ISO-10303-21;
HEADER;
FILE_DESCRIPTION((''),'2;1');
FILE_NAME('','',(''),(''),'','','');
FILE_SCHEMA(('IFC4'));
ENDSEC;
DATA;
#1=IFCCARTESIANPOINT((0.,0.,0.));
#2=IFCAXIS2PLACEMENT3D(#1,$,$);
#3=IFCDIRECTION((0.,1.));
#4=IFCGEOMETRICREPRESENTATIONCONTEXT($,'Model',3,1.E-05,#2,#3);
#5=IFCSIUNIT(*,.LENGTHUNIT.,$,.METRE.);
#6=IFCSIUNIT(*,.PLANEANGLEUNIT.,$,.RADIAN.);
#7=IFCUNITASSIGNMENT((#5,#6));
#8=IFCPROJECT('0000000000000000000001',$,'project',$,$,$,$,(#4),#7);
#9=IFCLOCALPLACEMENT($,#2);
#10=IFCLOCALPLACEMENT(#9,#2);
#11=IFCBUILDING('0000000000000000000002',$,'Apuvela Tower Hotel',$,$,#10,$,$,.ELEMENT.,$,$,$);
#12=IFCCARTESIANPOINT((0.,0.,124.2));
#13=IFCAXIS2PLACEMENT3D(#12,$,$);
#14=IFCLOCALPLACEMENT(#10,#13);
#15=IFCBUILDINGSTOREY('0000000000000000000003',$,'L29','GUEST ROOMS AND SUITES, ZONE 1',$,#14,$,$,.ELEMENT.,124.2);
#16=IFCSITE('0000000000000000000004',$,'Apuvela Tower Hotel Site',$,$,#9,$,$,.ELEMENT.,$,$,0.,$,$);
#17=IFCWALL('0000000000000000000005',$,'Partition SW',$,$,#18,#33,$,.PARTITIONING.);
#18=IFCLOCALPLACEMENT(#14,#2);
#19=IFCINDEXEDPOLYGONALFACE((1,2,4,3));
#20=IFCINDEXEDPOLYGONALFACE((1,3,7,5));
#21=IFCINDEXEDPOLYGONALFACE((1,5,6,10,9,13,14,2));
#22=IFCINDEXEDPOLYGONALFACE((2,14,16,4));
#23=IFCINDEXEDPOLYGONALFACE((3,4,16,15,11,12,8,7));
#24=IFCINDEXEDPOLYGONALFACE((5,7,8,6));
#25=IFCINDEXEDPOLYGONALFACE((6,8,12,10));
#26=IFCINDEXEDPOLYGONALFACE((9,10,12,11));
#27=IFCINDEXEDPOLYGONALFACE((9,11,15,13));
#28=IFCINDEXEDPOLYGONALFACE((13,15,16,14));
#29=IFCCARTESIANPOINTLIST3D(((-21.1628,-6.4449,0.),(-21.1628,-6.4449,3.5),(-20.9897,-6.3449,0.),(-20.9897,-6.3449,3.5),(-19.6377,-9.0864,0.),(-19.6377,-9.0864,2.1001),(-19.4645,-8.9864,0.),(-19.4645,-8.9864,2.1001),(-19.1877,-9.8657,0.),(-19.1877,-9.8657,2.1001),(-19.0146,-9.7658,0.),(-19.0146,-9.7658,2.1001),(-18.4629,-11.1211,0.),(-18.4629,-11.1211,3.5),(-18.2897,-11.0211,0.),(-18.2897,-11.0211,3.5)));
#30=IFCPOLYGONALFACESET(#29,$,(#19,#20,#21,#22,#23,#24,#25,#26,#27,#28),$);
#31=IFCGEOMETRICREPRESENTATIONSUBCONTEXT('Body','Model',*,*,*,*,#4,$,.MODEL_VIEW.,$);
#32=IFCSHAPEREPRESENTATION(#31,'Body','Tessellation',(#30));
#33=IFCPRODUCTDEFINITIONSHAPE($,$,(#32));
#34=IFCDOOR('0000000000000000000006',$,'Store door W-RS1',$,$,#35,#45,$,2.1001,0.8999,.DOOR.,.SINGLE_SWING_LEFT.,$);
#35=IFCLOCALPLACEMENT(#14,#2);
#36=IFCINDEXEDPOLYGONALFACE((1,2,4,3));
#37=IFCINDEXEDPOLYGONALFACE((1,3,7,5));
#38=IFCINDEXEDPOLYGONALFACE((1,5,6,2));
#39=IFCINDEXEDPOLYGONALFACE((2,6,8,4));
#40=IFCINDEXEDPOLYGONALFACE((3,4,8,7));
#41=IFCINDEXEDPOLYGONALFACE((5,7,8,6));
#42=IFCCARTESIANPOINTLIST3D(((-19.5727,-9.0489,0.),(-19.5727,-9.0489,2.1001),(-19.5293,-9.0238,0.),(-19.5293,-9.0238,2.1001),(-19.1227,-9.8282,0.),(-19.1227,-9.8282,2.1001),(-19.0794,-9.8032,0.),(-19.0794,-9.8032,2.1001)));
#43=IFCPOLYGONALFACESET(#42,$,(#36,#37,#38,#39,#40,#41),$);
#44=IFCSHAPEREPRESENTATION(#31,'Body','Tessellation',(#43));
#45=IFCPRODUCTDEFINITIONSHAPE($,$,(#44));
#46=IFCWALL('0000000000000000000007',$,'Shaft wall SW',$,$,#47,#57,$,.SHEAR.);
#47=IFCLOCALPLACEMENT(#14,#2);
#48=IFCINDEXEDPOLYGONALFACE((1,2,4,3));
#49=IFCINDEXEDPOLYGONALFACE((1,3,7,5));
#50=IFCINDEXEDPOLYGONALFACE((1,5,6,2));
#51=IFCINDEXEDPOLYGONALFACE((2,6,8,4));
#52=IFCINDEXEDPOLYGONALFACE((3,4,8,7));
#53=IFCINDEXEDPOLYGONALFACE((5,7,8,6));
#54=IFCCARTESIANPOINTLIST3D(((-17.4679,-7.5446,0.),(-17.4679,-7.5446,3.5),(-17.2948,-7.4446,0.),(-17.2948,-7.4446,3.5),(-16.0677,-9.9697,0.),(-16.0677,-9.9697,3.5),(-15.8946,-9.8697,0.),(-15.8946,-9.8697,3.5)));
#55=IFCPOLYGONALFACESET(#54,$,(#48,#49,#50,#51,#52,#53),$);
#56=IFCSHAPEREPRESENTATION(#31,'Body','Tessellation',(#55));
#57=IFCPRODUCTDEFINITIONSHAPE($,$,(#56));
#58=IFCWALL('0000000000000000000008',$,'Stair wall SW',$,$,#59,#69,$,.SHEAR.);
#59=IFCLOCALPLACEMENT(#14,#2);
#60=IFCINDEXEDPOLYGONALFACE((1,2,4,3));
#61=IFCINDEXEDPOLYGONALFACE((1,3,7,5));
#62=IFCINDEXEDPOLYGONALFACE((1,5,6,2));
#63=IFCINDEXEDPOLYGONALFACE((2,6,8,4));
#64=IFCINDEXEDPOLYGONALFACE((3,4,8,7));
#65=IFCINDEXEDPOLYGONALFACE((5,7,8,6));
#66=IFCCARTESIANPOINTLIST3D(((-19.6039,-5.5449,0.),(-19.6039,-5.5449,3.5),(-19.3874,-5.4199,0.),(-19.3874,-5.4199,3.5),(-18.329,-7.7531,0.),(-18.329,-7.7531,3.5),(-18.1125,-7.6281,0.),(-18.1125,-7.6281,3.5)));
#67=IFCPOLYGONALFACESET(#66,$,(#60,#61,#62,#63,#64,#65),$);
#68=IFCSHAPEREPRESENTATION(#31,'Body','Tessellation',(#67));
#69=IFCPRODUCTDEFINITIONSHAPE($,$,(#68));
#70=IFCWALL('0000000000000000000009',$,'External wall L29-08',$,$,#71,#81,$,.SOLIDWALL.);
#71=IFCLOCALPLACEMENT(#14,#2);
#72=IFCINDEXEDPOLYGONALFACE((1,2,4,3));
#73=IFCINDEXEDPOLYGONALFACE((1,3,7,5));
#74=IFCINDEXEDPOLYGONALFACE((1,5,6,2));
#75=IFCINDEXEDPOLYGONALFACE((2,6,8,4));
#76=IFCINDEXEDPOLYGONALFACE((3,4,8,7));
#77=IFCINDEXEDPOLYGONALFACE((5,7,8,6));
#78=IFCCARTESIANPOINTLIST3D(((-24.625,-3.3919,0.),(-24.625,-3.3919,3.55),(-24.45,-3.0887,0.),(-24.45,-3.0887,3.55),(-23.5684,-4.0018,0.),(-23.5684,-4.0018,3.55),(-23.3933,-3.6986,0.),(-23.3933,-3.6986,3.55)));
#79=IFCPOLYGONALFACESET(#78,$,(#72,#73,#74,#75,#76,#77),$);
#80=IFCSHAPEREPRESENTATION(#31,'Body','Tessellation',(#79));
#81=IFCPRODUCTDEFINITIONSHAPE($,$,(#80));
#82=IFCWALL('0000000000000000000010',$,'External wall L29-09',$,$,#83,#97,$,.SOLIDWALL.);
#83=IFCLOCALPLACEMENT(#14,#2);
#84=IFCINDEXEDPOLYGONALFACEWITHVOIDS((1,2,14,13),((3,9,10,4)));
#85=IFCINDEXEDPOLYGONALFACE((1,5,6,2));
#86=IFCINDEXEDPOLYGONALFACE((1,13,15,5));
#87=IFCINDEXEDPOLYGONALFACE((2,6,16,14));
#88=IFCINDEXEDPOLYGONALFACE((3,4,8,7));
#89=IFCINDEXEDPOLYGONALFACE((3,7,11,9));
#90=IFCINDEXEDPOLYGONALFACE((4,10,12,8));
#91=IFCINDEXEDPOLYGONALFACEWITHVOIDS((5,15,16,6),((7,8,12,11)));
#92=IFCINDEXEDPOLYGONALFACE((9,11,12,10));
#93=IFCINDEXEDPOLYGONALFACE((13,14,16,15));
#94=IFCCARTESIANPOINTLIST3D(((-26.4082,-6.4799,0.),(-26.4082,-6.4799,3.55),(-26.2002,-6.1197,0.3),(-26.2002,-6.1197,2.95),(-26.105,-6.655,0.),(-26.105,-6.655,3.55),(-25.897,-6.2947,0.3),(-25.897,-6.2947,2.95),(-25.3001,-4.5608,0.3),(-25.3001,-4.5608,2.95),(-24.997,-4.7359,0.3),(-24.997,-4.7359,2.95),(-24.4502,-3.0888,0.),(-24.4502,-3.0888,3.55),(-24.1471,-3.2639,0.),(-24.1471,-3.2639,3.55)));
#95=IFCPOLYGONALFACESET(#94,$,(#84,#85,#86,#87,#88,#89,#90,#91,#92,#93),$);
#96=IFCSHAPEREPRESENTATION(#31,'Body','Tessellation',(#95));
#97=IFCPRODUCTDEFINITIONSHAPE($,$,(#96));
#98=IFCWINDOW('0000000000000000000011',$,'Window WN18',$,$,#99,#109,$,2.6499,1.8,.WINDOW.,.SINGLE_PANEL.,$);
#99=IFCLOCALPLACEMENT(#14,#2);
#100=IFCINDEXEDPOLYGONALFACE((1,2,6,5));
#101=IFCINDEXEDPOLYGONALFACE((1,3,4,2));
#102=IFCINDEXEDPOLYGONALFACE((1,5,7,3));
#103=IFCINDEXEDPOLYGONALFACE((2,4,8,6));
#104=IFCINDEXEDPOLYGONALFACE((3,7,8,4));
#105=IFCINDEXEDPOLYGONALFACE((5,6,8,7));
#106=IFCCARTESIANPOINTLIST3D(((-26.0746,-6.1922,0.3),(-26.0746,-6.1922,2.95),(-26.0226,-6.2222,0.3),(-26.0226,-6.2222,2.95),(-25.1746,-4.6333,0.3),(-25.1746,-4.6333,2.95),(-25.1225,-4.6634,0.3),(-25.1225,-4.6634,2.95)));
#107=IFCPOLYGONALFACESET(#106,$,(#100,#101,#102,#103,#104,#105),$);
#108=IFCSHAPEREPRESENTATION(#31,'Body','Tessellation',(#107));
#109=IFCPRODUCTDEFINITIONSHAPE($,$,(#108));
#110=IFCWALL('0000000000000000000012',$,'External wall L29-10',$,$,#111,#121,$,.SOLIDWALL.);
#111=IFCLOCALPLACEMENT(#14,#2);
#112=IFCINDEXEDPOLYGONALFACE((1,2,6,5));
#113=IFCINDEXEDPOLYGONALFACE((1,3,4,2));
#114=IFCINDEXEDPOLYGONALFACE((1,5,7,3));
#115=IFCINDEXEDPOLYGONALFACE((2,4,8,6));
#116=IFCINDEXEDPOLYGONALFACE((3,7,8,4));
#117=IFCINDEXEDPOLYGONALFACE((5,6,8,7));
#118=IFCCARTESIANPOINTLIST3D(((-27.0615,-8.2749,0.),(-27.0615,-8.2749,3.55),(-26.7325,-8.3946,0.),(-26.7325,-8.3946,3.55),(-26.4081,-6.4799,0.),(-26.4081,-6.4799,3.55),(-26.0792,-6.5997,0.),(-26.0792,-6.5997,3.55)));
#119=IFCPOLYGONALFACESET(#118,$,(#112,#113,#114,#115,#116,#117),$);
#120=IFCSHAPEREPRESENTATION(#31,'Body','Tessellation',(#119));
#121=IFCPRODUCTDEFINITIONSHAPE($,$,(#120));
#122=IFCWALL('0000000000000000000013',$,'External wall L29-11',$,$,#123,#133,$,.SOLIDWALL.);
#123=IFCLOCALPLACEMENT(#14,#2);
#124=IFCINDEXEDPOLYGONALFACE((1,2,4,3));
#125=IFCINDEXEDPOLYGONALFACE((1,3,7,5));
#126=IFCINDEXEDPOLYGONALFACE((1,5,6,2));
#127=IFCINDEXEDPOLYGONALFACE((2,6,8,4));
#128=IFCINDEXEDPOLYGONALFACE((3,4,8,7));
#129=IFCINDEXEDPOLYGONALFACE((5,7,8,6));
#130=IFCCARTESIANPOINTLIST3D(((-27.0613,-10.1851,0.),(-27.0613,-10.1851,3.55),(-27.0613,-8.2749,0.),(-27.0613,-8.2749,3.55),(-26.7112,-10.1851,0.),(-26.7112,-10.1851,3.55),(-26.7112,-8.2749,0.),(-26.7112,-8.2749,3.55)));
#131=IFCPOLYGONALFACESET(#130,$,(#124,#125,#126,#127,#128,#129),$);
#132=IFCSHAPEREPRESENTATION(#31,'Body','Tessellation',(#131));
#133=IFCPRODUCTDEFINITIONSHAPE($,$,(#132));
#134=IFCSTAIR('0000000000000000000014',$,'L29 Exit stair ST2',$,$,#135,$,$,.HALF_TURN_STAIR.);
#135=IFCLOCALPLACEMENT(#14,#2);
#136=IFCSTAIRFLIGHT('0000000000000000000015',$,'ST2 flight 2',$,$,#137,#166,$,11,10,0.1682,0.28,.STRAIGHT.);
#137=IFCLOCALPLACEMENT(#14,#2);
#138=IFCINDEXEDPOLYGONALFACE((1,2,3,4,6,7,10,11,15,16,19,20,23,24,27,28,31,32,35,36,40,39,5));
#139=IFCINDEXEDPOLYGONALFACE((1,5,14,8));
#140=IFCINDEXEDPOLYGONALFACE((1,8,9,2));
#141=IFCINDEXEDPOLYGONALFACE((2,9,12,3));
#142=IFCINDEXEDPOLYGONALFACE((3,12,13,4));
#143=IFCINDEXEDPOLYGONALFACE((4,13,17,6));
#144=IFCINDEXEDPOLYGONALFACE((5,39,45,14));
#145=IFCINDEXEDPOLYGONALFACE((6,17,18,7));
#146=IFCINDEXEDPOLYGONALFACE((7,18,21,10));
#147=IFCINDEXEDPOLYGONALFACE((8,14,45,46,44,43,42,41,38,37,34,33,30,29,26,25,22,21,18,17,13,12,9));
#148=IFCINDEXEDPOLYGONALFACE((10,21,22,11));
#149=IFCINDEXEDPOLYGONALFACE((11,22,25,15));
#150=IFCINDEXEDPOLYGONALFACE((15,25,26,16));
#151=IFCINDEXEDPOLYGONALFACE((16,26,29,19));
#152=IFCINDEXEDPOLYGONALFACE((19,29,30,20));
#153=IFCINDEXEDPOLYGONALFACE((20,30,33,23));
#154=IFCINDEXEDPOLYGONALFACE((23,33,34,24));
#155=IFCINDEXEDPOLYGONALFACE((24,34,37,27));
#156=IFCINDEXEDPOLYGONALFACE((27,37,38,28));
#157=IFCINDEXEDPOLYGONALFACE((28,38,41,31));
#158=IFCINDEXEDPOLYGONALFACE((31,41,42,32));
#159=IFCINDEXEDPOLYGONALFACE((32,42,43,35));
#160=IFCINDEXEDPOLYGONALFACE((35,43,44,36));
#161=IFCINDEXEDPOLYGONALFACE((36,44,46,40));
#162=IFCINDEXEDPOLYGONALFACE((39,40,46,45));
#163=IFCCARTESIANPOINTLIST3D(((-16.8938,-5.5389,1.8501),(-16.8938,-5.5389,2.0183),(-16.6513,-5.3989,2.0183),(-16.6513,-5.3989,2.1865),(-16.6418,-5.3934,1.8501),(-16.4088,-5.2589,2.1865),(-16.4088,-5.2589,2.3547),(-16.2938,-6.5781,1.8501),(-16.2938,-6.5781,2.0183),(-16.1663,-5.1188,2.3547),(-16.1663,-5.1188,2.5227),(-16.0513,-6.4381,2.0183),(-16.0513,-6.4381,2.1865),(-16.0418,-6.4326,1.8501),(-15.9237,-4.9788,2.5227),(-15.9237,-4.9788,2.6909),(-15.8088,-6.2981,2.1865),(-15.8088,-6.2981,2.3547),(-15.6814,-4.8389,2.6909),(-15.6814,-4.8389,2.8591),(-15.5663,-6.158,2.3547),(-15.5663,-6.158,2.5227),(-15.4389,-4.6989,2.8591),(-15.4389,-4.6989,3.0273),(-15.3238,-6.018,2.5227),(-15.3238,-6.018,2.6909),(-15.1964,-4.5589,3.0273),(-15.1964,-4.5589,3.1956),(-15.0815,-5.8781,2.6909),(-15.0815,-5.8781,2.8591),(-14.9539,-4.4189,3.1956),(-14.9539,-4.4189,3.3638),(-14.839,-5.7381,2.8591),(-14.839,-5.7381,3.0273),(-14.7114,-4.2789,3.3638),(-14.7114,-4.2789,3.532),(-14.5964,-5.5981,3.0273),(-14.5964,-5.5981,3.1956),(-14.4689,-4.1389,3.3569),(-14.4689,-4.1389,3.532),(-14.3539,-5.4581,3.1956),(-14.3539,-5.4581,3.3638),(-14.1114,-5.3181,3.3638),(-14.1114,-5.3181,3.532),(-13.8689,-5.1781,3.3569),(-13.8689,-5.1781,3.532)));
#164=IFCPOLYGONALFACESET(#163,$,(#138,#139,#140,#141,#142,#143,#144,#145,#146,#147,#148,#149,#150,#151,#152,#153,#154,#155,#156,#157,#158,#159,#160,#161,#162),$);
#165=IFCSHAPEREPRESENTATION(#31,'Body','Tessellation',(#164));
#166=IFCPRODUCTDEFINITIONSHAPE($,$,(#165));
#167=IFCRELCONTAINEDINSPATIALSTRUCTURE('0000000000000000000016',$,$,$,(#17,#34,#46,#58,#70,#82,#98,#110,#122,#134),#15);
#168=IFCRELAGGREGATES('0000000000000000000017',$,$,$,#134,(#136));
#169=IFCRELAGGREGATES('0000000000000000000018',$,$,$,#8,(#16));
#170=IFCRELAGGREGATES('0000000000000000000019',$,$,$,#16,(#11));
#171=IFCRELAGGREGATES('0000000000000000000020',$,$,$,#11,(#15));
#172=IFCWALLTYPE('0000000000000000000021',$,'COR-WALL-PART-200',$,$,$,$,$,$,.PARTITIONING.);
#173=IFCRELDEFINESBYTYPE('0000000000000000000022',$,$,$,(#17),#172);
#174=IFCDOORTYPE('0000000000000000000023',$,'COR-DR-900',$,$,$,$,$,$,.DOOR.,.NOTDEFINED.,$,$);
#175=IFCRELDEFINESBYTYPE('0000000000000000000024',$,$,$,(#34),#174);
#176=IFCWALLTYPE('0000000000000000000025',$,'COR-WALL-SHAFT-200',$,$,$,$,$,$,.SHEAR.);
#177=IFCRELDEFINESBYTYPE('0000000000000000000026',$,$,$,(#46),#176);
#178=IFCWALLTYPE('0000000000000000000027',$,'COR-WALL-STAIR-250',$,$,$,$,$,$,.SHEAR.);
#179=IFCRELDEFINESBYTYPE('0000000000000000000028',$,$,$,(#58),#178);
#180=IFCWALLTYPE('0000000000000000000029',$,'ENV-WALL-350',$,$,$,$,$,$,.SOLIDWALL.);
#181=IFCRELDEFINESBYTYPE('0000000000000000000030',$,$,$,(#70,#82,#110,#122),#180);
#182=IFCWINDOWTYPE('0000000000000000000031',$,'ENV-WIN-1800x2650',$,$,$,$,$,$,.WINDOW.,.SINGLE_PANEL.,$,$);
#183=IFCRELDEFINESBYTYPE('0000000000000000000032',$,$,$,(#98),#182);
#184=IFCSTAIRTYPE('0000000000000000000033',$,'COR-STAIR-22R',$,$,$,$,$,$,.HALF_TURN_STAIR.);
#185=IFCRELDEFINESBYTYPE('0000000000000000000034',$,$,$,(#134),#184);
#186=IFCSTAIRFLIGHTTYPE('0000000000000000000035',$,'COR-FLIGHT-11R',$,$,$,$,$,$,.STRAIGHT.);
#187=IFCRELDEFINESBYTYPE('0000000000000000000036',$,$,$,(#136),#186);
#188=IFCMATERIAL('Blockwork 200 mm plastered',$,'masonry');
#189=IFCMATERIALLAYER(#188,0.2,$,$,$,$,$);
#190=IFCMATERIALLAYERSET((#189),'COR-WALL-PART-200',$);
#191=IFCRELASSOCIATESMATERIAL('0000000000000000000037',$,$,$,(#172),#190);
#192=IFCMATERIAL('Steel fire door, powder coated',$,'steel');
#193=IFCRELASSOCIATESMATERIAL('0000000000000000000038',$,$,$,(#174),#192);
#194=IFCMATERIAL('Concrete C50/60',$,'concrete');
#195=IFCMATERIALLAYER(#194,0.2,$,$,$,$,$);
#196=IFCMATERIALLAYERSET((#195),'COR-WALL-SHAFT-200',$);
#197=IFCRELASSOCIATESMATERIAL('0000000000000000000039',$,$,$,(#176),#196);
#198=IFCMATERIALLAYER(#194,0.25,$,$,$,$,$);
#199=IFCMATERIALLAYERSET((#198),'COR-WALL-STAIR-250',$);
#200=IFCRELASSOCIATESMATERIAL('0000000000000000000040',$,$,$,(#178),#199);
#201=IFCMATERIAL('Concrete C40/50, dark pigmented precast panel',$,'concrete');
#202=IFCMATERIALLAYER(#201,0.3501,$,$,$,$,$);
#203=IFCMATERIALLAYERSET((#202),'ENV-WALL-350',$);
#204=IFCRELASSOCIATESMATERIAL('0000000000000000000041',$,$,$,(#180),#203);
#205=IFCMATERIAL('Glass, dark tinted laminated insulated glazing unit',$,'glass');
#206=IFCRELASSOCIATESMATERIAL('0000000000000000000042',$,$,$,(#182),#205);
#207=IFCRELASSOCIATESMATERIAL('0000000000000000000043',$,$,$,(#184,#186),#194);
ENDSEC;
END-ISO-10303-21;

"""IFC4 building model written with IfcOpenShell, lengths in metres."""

from ifc_helpers import new_model, si_unit, direction, frame, frame_2d, origin, place, context, subcontext, project, spatial, polyline, rectangle, outline, extrude, material, layer, layer_set, type_object, element, fill, aggregate, save


model = new_model("IFC4")

# Units and contexts
model_context = context("Model", 3, precision=1e-05, world=origin(), true_north=direction((0.0, 1.0)))
body_context = subcontext(model_context, "Body", "Model", "MODEL_VIEW")
ifc_project = project(units=[si_unit("LENGTHUNIT", "METRE"), si_unit("PLANEANGLEUNIT", "RADIAN")], contexts=[model_context])

# Site, building, storey
site_placement = place(None, origin())
site = spatial("IfcSite", under=ifc_project, at=site_placement, Name="Apuvela Tower Hotel Site", CompositionType="ELEMENT", RefElevation=0.0)
building_placement = place(site_placement, origin())
building = spatial("IfcBuilding", under=site, at=building_placement, Name="Apuvela Tower Hotel", CompositionType="ELEMENT")
storey_placement = place(building_placement, frame((0.0, 0.0, 124.2)))
storey = spatial("IfcBuildingStorey", under=building, at=storey_placement, Name="L29", Description="GUEST ROOMS AND SUITES, ZONE 1", CompositionType="ELEMENT", Elevation=124.2)

# Wall, opening, door
ifc_material_1 = material(Name="Blockwork 200 mm plastered", Category="masonry")
ifc_layer_1 = layer(ifc_material_1, 0.2)
ifc_layer_set_1 = layer_set([ifc_layer_1], Name="COR-WALL-PART-200")
wall_type_1 = type_object("IfcWallType", Name="COR-WALL-PART-200", PredefinedType="PARTITIONING", material=ifc_layer_set_1)
wall_1_placement = place(storey_placement, frame((-21.0762, -6.395, 0.0), z_axis=(0.0, 0.0, 1.0), x_axis=(0.500015, -0.866017, 0.0)))
wall_1 = element("IfcWall", 1, at=wall_1_placement, inside=storey, type_object=wall_type_1, Name="Partition SW", PredefinedType="PARTITIONING", context=body_context, shape_type="SweptSolid", body=[
    extrude(rectangle(XDim=5.3997, YDim=0.2, at=frame_2d((2.6997, 0.0))), origin(), (0.0, 0.0, 1.0), 3.5),
])
opening_1_placement = place(wall_1_placement, frame((3.05, 0.0, 0.0)))
opening_1 = element("IfcOpeningElement", 2, at=opening_1_placement, cuts=wall_1, PredefinedType="OPENING", context=body_context, shape_type="SweptSolid", body=[
    extrude(rectangle(XDim=0.8999, YDim=2.1001, at=frame_2d((0.45, 1.05))), frame((0.0, 0.1099, 0.0), z_axis=(0.0, -1.0, 0.0), x_axis=(1.0, 0.0, 0.0)), (0.0, 0.0, 1.0), 0.22),
])
ifc_material_2 = material(Name="Steel fire door, powder coated", Category="steel")
door_type_1 = type_object("IfcDoorType", Name="COR-DR-900", OperationType="NOTDEFINED", PredefinedType="DOOR", material=ifc_material_2)
door_1_placement = place(opening_1_placement, frame((0.8999, 0.0, 0.0), z_axis=(0.0, 0.0, 1.0), x_axis=(-1.0, 0.0, 0.0)))
door_1 = element("IfcDoor", 3, at=door_1_placement, inside=storey, type_object=door_type_1, Name="Store door W-RS1", OperationType="SINGLE_SWING_LEFT", OverallHeight=2.1001, OverallWidth=0.8999, PredefinedType="DOOR", context=body_context, shape_type="SweptSolid", body=[
    extrude(rectangle(XDim=0.8999, YDim=2.1001, at=frame_2d((0.45, 1.05))), frame((0.0, 0.0249, 0.0), z_axis=(0.0, -1.0, 0.0), x_axis=(1.0, 0.0, 0.0)), (0.0, 0.0, 1.0), 0.05),
])
fill(opening_1, door_1)

# Walls
ifc_material_3 = material(Name="Concrete C50/60", Category="concrete")
ifc_layer_2 = layer(ifc_material_3, 0.2)
ifc_layer_set_2 = layer_set([ifc_layer_2], Name="COR-WALL-SHAFT-200")
wall_type_2 = type_object("IfcWallType", Name="COR-WALL-SHAFT-200", PredefinedType="SHEAR", material=ifc_layer_set_2)
wall_2_placement = place(storey_placement, frame((-17.3813, -7.4946, 0.0), z_axis=(0.0, 0.0, 1.0), x_axis=(0.500012, -0.866019, 0.0)))
element("IfcWall", 4, at=wall_2_placement, inside=storey, type_object=wall_type_2, Name="Shaft wall SW", PredefinedType="SHEAR", context=body_context, shape_type="SweptSolid", body=[
    extrude(rectangle(XDim=2.8003, YDim=0.2, at=frame_2d((1.4001, 0.0))), origin(), (0.0, 0.0, 1.0), 3.5),
])
ifc_layer_3 = layer(ifc_material_3, 0.25)
ifc_layer_set_3 = layer_set([ifc_layer_3], Name="COR-WALL-STAIR-250")
wall_type_3 = type_object("IfcWallType", Name="COR-WALL-STAIR-250", PredefinedType="SHEAR", material=ifc_layer_set_3)
wall_3_placement = place(storey_placement, frame((-19.4956, -5.4824, 0.0), z_axis=(0.0, 0.0, 1.0), x_axis=(0.49999, -0.866031, 0.0)))
element("IfcWall", 5, at=wall_3_placement, inside=storey, type_object=wall_type_3, Name="Stair wall SW", PredefinedType="SHEAR", context=body_context, shape_type="SweptSolid", body=[
    extrude(rectangle(XDim=2.5498, YDim=0.25, at=frame_2d((1.2749, 0.0))), origin(), (0.0, 0.0, 1.0), 3.5),
])
ifc_material_4 = material(Name="Concrete C40/50, dark pigmented precast panel", Category="concrete")
ifc_layer_4 = layer(ifc_material_4, 0.3501)
ifc_layer_set_4 = layer_set([ifc_layer_4], Name="ENV-WALL-350")
wall_type_4 = type_object("IfcWallType", Name="ENV-WALL-350", PredefinedType="SOLIDWALL", material=ifc_layer_set_4)
wall_4_placement = place(storey_placement, frame((-23.481, -3.8501, 0.0), z_axis=(0.0, 0.0, 1.0), x_axis=(-0.866092, 0.499884, 0.0)))
element("IfcWall", 6, at=wall_4_placement, inside=storey, type_object=wall_type_4, Name="External wall L29-08", PredefinedType="SOLIDWALL", context=body_context, shape_type="SweptSolid", body=[
    extrude(rectangle(XDim=1.22, YDim=0.3501, at=frame_2d((0.6099, 0.0))), origin(), (0.0, 0.0, 1.0), 3.55),
])

# Wall, opening, window
wall_5_placement = place(storey_placement, frame((-24.2986, -3.1763, 0.0), z_axis=(0.0, 0.0, 1.0), x_axis=(-0.500028, -0.866009, 0.0)))
wall_5 = element("IfcWall", 7, at=wall_5_placement, inside=storey, type_object=wall_type_4, Name="External wall L29-09", PredefinedType="SOLIDWALL", context=body_context, shape_type="SweptSolid", body=[
    extrude(rectangle(XDim=3.9158, YDim=0.3501, at=frame_2d((1.958, 0.0))), origin(), (0.0, 0.0, 1.0), 3.55),
])
opening_2_placement = place(wall_5_placement, frame((1.7, 0.0, 0.3)))
opening_2 = element("IfcOpeningElement", 8, at=opening_2_placement, cuts=wall_5, PredefinedType="OPENING", context=body_context, shape_type="SweptSolid", body=[
    extrude(rectangle(XDim=1.8, YDim=2.6499, at=frame_2d((0.8999, 1.325))), frame((0.0, 0.1851, 0.0), z_axis=(0.0, -1.0, 0.0), x_axis=(1.0, 0.0, 0.0)), (0.0, 0.0, 1.0), 0.3701),
])
ifc_material_5 = material(Name="Glass, dark tinted laminated insulated glazing unit", Category="glass")
window_type = type_object("IfcWindowType", Name="ENV-WIN-1800x2650", PartitioningType="SINGLE_PANEL", PredefinedType="WINDOW", material=ifc_material_5)
window_placement = place(opening_2_placement, origin())
window = element("IfcWindow", 9, at=window_placement, inside=storey, type_object=window_type, Name="Window WN18", OverallHeight=2.6499, OverallWidth=1.8, PartitioningType="SINGLE_PANEL", PredefinedType="WINDOW", context=body_context, shape_type="SweptSolid", body=[
    extrude(rectangle(XDim=1.8, YDim=2.6499, at=frame_2d((0.8999, 1.325))), frame((0.0, 0.03, 0.0), z_axis=(0.0, -1.0, 0.0), x_axis=(1.0, 0.0, 0.0)), (0.0, 0.0, 1.0), 0.0601),
])
fill(opening_2, window)

# Walls
for number, where, z_axis, x_axis, name in (
    (10, (-26.2437, -6.5398, 0.0), (0.0, 0.0, 1.0), (-0.34203, -0.939689, 0.0), "External wall L29-10"),
    (11, (-26.8862, -8.2749, 0.0), (0.0, 0.0, 1.0), (0.0, -1.0, 0.0), "External wall L29-11"),
):
    element("IfcWall", number, at=place(storey_placement, frame(where, z_axis=z_axis, x_axis=x_axis)), inside=storey, type_object=wall_type_4, Name=name, PredefinedType="SOLIDWALL", context=body_context, shape_type="SweptSolid", body=[
        extrude(rectangle(XDim=1.9102, YDim=0.3501, at=frame_2d((0.9551, 0.0))), origin(), (0.0, 0.0, 1.0), 3.55),
    ])

# Stair, stair flight
stair_type = type_object("IfcStairType", Name="COR-STAIR-22R", PredefinedType="HALF_TURN_STAIR", material=ifc_material_3)
stair_placement = place(storey_placement, origin())
stair = element("IfcStair", 12, at=stair_placement, inside=storey, type_object=stair_type, Name="L29 Exit stair ST2", PredefinedType="HALF_TURN_STAIR")
stair_flight_type = type_object("IfcStairFlightType", Name="COR-FLIGHT-11R", PredefinedType="STRAIGHT", material=ifc_material_3)
stair_flight_placement = place(storey_placement, frame((-16.5938, -6.0586, 1.8501), z_axis=(0.0, 0.0, 1.0), x_axis=(0.866025, 0.5, 0.0)))
stair_flight = element("IfcStairFlight", 13, at=stair_flight_placement, type_object=stair_flight_type, Name="ST2 flight 2", NumberOfRisers=11, NumberOfTreads=10, PredefinedType="STRAIGHT", RiserHeight=0.1682, TreadLength=0.28, context=body_context, shape_type="SweptSolid", body=[
    extrude(outline(polyline([(0.0, 0.0), (0.0, 0.1682), (0.28, 0.1682), (0.28, 0.3364), (0.5601, 0.3364), (0.5601, 0.5046), (0.8401, 0.5046), (0.8401, 0.6726), (1.1201, 0.6726), (1.1201, 0.8408), (1.3999, 0.8408), (1.3999, 1.009), (1.6799, 1.009), (1.6799, 1.1772), (1.96, 1.1772), (1.96, 1.3455), (2.24, 1.3455), (2.24, 1.5137), (2.52, 1.5137), (2.52, 1.6819), (2.8, 1.6819), (2.8, 1.8501), (2.8, 1.5068), (0.291, 0.0), (0.0, 0.0)])), frame((0.0, 0.6001, 0.0), z_axis=(0.0, -1.0, 0.0), x_axis=(1.0, 0.0, 0.0)), (0.0, 0.0, 1.0), 1.2),
])
aggregate(stair, [stair_flight])

save(model, "model.ifc")
